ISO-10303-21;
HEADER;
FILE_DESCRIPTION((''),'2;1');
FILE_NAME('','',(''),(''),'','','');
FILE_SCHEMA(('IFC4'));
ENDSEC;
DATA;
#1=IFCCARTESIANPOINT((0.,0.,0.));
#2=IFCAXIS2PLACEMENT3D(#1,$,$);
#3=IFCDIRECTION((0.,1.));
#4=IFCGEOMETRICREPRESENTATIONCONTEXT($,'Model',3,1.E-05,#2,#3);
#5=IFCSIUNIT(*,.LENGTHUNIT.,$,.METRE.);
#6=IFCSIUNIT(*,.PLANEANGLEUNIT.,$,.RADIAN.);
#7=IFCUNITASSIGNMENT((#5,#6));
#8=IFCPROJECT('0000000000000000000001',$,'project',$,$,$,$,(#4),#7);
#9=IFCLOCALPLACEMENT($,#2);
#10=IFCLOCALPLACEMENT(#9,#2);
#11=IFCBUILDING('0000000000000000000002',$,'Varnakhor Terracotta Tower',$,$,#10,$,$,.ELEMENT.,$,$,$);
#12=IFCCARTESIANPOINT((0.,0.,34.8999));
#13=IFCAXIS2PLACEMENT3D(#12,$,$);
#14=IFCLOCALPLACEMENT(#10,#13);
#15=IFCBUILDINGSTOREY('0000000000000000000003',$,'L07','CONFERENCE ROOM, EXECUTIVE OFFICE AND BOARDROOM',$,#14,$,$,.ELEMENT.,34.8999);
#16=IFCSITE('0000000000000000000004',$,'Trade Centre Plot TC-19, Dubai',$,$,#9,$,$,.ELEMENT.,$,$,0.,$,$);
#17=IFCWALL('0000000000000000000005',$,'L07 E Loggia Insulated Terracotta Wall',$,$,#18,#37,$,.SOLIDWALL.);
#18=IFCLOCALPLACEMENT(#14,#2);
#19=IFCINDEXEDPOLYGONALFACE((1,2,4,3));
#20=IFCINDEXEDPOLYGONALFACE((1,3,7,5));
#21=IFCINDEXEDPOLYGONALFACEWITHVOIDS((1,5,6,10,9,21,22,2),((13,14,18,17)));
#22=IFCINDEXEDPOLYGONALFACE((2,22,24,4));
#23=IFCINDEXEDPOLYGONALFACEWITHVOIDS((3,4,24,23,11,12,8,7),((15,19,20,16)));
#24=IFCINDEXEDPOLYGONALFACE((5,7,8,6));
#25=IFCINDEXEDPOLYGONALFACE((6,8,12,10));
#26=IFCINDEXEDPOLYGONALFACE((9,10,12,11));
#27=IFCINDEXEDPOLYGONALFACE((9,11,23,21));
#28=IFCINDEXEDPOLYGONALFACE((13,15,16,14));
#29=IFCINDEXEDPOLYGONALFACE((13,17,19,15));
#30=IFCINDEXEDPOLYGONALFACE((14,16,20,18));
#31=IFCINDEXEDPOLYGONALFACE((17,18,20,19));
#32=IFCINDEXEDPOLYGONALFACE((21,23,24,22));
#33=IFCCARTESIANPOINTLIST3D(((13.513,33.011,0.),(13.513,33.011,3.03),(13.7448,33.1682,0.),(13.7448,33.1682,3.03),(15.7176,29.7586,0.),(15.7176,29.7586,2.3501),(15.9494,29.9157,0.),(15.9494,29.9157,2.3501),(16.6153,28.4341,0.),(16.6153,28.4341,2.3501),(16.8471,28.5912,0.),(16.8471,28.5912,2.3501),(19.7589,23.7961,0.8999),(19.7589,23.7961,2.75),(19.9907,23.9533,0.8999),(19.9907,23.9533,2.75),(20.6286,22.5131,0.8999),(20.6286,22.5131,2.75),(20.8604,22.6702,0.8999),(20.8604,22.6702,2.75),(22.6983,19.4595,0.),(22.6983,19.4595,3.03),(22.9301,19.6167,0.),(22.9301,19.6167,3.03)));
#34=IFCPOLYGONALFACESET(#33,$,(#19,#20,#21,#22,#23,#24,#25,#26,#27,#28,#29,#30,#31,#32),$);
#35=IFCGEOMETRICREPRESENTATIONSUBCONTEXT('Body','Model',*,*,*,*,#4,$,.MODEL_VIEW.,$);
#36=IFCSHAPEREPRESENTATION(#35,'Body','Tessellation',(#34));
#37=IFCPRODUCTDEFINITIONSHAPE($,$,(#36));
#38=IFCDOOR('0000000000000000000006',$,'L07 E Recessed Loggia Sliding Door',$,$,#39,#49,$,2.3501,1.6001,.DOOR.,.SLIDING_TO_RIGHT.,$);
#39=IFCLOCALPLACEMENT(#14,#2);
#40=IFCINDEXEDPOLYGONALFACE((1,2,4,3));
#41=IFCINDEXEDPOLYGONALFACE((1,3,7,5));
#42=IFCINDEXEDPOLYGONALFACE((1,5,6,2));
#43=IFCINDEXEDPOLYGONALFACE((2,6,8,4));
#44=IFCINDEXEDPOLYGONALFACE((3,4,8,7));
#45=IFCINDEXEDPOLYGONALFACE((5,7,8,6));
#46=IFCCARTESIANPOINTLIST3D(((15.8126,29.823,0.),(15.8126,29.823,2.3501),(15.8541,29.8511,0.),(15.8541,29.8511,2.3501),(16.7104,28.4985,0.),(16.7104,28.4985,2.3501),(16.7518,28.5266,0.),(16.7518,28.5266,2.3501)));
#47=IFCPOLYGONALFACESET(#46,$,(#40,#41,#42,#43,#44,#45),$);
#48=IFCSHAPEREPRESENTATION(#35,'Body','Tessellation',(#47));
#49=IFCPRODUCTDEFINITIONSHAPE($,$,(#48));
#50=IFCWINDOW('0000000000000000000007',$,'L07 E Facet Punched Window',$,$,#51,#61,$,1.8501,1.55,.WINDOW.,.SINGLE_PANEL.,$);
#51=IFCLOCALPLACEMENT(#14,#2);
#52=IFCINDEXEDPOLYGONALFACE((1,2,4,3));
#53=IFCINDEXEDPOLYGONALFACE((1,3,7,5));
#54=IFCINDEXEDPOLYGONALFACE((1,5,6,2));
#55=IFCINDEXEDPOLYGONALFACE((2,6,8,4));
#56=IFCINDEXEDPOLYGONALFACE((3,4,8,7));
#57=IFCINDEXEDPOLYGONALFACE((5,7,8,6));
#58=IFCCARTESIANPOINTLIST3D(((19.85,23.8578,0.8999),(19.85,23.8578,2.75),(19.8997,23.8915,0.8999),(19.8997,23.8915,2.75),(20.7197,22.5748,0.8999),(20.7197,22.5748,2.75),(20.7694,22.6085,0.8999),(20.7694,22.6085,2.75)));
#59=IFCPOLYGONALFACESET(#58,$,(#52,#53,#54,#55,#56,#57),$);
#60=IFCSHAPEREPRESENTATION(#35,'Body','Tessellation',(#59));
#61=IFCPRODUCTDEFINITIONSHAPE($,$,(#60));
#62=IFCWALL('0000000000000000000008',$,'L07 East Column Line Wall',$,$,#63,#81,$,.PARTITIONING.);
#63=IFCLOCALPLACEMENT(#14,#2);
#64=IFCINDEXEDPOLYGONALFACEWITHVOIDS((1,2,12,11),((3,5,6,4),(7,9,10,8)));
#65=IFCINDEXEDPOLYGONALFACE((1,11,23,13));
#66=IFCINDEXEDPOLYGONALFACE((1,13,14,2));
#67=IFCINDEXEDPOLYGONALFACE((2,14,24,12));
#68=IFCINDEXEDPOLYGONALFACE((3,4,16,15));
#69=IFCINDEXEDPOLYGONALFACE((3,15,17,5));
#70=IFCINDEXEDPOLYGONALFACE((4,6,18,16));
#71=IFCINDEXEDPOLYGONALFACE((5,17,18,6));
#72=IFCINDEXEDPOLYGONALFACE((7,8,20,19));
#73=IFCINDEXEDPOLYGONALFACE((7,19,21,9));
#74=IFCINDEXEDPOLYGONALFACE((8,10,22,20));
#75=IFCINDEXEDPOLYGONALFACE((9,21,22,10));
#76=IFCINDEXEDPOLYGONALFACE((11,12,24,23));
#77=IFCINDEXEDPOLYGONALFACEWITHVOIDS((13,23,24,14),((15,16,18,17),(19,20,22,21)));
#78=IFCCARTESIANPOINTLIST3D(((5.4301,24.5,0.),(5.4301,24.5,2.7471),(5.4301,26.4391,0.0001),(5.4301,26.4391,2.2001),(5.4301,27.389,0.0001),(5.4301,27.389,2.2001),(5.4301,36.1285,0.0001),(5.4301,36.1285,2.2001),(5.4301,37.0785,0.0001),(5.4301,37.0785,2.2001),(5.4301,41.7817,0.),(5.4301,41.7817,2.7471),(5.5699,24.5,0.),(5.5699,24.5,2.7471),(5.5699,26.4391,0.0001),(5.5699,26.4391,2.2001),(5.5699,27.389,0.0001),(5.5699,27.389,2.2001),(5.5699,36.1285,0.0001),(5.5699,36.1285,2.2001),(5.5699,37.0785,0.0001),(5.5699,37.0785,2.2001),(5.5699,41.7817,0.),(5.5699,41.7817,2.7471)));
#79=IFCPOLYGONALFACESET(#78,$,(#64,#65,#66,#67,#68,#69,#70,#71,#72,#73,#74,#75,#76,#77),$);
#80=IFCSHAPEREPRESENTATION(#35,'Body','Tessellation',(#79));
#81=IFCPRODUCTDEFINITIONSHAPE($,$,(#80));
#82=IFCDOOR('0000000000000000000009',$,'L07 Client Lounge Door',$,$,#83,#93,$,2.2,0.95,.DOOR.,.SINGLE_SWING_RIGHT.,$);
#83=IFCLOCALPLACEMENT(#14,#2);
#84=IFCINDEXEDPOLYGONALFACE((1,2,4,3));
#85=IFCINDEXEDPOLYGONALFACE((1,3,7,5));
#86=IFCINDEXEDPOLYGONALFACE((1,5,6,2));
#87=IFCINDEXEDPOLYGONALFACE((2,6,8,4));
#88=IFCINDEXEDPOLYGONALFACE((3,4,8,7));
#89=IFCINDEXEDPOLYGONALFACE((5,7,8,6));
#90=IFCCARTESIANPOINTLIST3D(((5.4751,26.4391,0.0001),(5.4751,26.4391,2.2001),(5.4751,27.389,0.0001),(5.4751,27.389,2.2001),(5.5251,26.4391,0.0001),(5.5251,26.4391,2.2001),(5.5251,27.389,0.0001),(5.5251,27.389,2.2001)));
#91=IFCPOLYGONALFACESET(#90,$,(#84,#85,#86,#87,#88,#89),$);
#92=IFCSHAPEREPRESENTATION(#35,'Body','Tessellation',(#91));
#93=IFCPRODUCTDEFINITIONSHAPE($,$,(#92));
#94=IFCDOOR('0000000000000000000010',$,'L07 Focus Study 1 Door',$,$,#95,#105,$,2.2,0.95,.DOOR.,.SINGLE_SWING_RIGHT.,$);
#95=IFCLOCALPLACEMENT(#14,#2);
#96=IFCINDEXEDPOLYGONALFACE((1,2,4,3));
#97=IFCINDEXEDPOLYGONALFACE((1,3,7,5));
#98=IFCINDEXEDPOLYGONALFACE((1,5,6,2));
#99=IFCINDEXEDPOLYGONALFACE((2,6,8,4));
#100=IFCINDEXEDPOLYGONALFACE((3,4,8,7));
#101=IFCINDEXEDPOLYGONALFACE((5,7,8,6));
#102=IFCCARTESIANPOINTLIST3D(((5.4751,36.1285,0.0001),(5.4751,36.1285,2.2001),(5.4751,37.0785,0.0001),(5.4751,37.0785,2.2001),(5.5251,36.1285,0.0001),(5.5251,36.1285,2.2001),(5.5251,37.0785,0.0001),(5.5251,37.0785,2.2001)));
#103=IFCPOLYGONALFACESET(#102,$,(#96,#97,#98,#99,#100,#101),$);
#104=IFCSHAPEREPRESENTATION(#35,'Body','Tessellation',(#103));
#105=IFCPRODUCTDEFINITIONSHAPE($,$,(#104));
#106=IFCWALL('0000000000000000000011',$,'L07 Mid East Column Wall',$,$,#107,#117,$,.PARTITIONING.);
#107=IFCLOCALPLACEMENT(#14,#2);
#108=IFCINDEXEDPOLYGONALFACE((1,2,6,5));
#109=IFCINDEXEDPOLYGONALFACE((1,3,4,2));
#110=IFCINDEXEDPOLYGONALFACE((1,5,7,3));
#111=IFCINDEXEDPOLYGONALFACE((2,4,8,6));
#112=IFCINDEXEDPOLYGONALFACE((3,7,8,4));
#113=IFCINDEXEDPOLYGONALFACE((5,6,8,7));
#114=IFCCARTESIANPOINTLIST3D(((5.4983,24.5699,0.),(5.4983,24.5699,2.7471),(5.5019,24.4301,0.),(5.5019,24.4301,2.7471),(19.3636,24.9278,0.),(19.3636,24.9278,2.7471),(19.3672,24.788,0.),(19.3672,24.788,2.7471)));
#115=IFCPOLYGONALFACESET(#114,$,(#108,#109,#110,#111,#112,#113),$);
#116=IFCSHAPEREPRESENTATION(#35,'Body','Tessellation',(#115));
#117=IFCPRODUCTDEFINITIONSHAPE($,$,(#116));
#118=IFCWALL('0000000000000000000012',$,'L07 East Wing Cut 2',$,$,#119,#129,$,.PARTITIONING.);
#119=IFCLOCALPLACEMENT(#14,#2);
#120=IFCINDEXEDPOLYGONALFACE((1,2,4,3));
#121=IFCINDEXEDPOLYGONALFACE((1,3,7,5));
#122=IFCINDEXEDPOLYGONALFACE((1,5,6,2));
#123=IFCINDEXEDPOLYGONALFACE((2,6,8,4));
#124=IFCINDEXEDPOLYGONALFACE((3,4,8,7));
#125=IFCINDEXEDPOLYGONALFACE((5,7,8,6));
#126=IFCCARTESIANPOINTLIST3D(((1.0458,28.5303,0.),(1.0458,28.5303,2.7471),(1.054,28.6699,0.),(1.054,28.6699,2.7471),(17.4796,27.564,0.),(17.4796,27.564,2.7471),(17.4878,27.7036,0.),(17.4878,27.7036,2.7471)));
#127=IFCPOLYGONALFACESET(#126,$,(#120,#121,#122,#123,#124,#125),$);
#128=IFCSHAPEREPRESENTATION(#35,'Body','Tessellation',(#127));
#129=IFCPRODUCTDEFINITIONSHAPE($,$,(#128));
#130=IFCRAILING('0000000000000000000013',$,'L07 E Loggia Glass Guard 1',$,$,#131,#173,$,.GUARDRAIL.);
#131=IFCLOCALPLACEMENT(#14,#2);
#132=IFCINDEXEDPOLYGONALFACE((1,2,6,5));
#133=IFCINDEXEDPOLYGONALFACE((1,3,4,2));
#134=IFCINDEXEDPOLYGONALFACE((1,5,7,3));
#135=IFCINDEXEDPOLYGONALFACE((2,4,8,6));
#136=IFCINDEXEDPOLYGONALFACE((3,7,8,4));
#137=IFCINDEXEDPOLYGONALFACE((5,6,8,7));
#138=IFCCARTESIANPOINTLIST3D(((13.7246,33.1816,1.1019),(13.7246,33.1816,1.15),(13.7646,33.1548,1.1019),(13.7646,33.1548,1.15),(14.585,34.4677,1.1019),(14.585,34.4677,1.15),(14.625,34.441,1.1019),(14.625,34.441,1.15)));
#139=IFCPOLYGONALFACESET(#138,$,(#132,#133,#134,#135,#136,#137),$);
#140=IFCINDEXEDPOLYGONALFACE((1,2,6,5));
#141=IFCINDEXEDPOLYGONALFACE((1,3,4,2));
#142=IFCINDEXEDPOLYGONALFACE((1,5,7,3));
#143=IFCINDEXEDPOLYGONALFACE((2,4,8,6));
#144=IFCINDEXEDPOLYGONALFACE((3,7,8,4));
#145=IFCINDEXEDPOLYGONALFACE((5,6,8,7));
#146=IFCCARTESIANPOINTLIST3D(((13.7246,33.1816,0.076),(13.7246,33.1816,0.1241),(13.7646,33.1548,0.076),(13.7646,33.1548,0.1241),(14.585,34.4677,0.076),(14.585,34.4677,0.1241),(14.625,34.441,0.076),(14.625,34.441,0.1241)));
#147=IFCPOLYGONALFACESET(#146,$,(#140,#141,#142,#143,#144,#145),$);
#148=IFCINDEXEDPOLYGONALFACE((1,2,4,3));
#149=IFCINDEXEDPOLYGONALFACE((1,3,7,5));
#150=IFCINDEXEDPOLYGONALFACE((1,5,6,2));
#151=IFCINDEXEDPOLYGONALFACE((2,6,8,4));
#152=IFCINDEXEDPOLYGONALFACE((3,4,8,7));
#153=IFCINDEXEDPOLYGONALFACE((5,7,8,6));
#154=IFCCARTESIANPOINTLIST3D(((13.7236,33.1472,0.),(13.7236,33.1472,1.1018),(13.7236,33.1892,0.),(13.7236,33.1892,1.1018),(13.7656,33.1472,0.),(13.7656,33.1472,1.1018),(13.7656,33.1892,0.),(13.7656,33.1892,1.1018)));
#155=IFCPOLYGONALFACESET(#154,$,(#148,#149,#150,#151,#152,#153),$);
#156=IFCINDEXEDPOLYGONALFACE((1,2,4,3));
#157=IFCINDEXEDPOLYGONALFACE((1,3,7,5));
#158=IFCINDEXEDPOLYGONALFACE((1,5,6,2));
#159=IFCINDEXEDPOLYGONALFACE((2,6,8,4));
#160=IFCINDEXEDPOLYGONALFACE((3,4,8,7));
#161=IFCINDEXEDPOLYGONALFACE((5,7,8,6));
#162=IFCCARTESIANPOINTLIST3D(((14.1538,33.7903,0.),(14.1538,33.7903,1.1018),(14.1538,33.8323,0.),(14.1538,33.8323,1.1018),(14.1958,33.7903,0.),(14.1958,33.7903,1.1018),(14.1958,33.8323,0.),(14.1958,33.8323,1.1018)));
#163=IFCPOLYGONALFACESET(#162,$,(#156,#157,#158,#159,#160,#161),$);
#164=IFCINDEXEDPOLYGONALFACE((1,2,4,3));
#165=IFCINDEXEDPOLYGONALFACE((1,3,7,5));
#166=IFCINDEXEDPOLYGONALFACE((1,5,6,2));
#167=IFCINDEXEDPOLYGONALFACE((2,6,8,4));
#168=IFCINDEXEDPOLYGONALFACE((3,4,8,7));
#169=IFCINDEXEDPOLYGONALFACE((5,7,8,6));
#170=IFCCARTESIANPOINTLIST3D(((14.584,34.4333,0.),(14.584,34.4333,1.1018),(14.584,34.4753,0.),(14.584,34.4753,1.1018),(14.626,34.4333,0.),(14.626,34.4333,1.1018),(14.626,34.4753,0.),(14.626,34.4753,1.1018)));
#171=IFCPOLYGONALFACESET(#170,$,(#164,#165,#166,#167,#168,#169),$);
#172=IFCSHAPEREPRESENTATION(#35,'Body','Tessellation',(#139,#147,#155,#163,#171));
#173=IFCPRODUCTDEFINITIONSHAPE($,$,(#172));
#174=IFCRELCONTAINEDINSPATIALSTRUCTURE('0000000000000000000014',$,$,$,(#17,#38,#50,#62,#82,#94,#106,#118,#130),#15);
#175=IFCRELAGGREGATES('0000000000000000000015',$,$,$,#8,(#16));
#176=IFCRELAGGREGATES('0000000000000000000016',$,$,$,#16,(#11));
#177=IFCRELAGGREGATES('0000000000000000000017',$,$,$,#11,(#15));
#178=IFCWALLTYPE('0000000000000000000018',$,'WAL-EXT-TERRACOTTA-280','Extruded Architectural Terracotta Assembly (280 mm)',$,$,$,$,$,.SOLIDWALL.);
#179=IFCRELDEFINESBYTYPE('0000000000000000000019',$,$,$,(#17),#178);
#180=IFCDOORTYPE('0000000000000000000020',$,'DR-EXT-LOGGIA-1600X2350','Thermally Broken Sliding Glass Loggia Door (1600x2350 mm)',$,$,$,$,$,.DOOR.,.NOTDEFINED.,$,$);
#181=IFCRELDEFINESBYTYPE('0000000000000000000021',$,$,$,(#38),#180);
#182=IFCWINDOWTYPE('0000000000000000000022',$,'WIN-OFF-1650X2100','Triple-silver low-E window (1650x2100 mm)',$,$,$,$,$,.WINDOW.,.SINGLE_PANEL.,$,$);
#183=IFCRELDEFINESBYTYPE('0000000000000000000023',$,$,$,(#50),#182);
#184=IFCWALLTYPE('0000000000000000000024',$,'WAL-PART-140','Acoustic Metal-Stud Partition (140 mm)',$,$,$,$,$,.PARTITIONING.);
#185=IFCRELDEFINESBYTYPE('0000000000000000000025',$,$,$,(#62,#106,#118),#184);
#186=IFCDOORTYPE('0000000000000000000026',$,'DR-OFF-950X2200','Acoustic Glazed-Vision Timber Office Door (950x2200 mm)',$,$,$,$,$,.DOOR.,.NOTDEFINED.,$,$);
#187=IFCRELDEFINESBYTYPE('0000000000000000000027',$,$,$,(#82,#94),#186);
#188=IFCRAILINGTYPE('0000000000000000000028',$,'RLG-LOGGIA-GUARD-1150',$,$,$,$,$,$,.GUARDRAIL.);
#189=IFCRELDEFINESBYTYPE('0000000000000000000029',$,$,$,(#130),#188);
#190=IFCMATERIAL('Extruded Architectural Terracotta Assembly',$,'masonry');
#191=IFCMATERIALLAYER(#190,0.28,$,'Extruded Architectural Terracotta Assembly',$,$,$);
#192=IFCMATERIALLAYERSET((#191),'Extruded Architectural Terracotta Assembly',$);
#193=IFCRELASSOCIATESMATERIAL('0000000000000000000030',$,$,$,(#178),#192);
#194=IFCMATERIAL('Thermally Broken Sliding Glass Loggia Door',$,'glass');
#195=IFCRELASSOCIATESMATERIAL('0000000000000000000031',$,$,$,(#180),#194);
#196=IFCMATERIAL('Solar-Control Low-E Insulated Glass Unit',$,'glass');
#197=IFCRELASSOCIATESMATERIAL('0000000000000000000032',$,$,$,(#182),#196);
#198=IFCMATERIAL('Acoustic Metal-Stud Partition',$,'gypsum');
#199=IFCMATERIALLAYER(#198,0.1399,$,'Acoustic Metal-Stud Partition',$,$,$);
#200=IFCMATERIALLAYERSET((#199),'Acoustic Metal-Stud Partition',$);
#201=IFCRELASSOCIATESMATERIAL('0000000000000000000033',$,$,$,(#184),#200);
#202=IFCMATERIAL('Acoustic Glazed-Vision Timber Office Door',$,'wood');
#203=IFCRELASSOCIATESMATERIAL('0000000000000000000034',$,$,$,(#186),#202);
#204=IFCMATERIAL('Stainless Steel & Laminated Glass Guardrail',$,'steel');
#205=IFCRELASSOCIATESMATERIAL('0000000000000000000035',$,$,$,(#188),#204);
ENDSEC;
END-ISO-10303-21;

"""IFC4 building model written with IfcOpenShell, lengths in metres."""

from ifc_helpers import new_model, si_unit, direction, frame, frame_2d, origin, origin_2d, place, context, subcontext, project, spatial, rectangle, extrude, source, transform, mapped, material, layer, layer_set, type_object, type_shapes, element, fill, save


model = new_model("IFC4")

# Units and contexts
model_context = context("Model", 3, precision=1e-05, world=origin(), true_north=direction((0.0, 1.0)))
body_context = subcontext(model_context, "Body", "Model", "MODEL_VIEW")
ifc_project = project(units=[si_unit("LENGTHUNIT", "METRE"), si_unit("PLANEANGLEUNIT", "RADIAN")], contexts=[model_context])

# Site, building, storey
site_placement = place(None, origin())
site = spatial("IfcSite", under=ifc_project, at=site_placement, Name="Trade Centre Plot TC-19, Dubai", CompositionType="ELEMENT", RefElevation=0.0)
building_placement = place(site_placement, origin())
building = spatial("IfcBuilding", under=site, at=building_placement, Name="Varnakhor Terracotta Tower", CompositionType="ELEMENT")
storey_placement = place(building_placement, frame((0.0, 0.0, 34.8999)))
storey = spatial("IfcBuildingStorey", under=building, at=storey_placement, Name="L07", Description="CONFERENCE ROOM, EXECUTIVE OFFICE AND BOARDROOM", CompositionType="ELEMENT", Elevation=34.8999)

# Wall, openings, door, window
ifc_material_1 = material(Name="Extruded Architectural Terracotta Assembly", Category="masonry")
ifc_layer_1 = layer(ifc_material_1, 0.28, Name="Extruded Architectural Terracotta Assembly")
ifc_layer_set_1 = layer_set([ifc_layer_1], Name="Extruded Architectural Terracotta Assembly")
wall_type_1 = type_object("IfcWallType", Name="WAL-EXT-TERRACOTTA-280", Description="Extruded Architectural Terracotta Assembly (280 mm)", PredefinedType="SOLIDWALL", material=ifc_layer_set_1)
wall_1_placement = place(storey_placement, frame((13.6289, 33.0896, 0.0), z_axis=(0.0, 0.0, 1.0), x_axis=(0.561068, -0.82777, 0.0)))
wall_1 = element("IfcWall", 1, at=wall_1_placement, inside=storey, type_object=wall_type_1, Name="L07 E Loggia Insulated Terracotta Wall", PredefinedType="SOLIDWALL", context=body_context, shape_type="SweptSolid", body=[
    extrude(rectangle(XDim=16.3711, YDim=0.28, at=frame_2d((8.1855, 0.0))), origin(), (0.0, 0.0, 1.0), 3.03),
])
opening_1_placement = place(wall_1_placement, frame((3.9292, 0.0, 0.0)))
opening_1 = element("IfcOpeningElement", 2, at=opening_1_placement, cuts=wall_1, PredefinedType="OPENING", context=body_context, shape_type="SweptSolid", body=[
    extrude(rectangle(XDim=1.6001, YDim=2.3501, at=frame_2d((0.8, 1.175))), frame((0.0, 0.1499, 0.0), z_axis=(0.0, -1.0, 0.0), x_axis=(1.0, 0.0, 0.0)), (0.0, 0.0, 1.0), 0.3),
])
opening_2_placement = place(wall_1_placement, frame((11.1323, 0.0, 0.8999)))
opening_2 = element("IfcOpeningElement", 3, at=opening_2_placement, cuts=wall_1, PredefinedType="OPENING", context=body_context, shape_type="SweptSolid", body=[
    extrude(rectangle(XDim=1.55, YDim=1.8501, at=frame_2d((0.7749, 0.925))), frame((0.0, 0.1499, 0.0), z_axis=(0.0, -1.0, 0.0), x_axis=(1.0, 0.0, 0.0)), (0.0, 0.0, 1.0), 0.3),
])
ifc_material_2 = material(Name="Thermally Broken Sliding Glass Loggia Door", Category="glass")
door_type_1 = type_object("IfcDoorType", Name="DR-EXT-LOGGIA-1600X2350", Description="Thermally Broken Sliding Glass Loggia Door (1600x2350 mm)", OperationType="NOTDEFINED", PredefinedType="DOOR", material=ifc_material_2)
shared_shape_1 = source(origin(), body_context, "Body", "SweptSolid", [
    extrude(rectangle(XDim=1.6001, YDim=2.3501, at=frame_2d((0.8, 1.175))), frame((0.0, 0.0249, 0.0), z_axis=(0.0, -1.0, 0.0), x_axis=(1.0, 0.0, 0.0)), (0.0, 0.0, 1.0), 0.05),
])
type_shapes(door_type_1, [shared_shape_1])
door_1_placement = place(opening_1_placement, origin())
door_1 = element("IfcDoor", 4, at=door_1_placement, inside=storey, type_object=door_type_1, Name="L07 E Recessed Loggia Sliding Door", OperationType="SLIDING_TO_RIGHT", OverallHeight=2.3501, OverallWidth=1.6001, PredefinedType="DOOR", context=body_context, shape_type="MappedRepresentation", body=[
    mapped(shared_shape_1, transform((0.0, 0.0, 0.0), scale=1.0)),
])
fill(opening_1, door_1)
ifc_material_3 = material(Name="Solar-Control Low-E Insulated Glass Unit", Category="glass")
window_type = type_object("IfcWindowType", Name="WIN-OFF-1650X2100", Description="Triple-silver low-E window (1650x2100 mm)", PartitioningType="SINGLE_PANEL", PredefinedType="WINDOW", material=ifc_material_3)
shared_shape_2 = source(origin(), body_context, "Body", "SweptSolid", [
    extrude(rectangle(XDim=1.55, YDim=1.8501, at=frame_2d((0.7749, 0.925))), frame((0.0, 0.03, 0.0), z_axis=(0.0, -1.0, 0.0), x_axis=(1.0, 0.0, 0.0)), (0.0, 0.0, 1.0), 0.0601),
])
type_shapes(window_type, [shared_shape_2])
window_placement = place(opening_2_placement, origin())
window = element("IfcWindow", 5, at=window_placement, inside=storey, type_object=window_type, Name="L07 E Facet Punched Window", OverallHeight=1.8501, OverallWidth=1.55, PartitioningType="SINGLE_PANEL", PredefinedType="WINDOW", context=body_context, shape_type="MappedRepresentation", body=[
    mapped(shared_shape_2, transform((0.0, 0.0, 0.0), scale=1.0)),
])
fill(opening_2, window)

# Wall, openings, doors
ifc_material_4 = material(Name="Acoustic Metal-Stud Partition", Category="gypsum")
ifc_layer_2 = layer(ifc_material_4, 0.1399, Name="Acoustic Metal-Stud Partition")
ifc_layer_set_2 = layer_set([ifc_layer_2], Name="Acoustic Metal-Stud Partition")
wall_type_2 = type_object("IfcWallType", Name="WAL-PART-140", Description="Acoustic Metal-Stud Partition (140 mm)", PredefinedType="PARTITIONING", material=ifc_layer_set_2)
wall_2_placement = place(storey_placement, frame((5.5, 24.5, 0.0), z_axis=(0.0, 0.0, 1.0), x_axis=(0.0, 1.0, 0.0)))
wall_2 = element("IfcWall", 6, at=wall_2_placement, inside=storey, type_object=wall_type_2, Name="L07 East Column Line Wall", PredefinedType="PARTITIONING", context=body_context, shape_type="SweptSolid", body=[
    extrude(rectangle(XDim=17.2817, YDim=0.1399, at=frame_2d((8.6409, 0.0))), origin(), (0.0, 0.0, 1.0), 2.7471),
])
opening_3_placement = place(wall_2_placement, frame((1.939, 0.0, 0.0)))
opening_3 = element("IfcOpeningElement", 7, at=opening_3_placement, cuts=wall_2, PredefinedType="OPENING", context=body_context, shape_type="SweptSolid", body=[
    extrude(rectangle(XDim=0.95, YDim=2.2, at=frame_2d((0.4751, 1.1001))), frame((0.0, 0.0801, 0.0), z_axis=(0.0, -1.0, 0.0), x_axis=(1.0, 0.0, 0.0)), (0.0, 0.0, 1.0), 0.1599),
])
opening_4_placement = place(wall_2_placement, frame((11.6284, 0.0, 0.0)))
opening_4 = element("IfcOpeningElement", 8, at=opening_4_placement, cuts=wall_2, PredefinedType="OPENING", context=body_context, shape_type="SweptSolid", body=[
    extrude(rectangle(XDim=0.95, YDim=2.2, at=frame_2d((0.4751, 1.1001))), frame((0.0, 0.0801, 0.0), z_axis=(0.0, -1.0, 0.0), x_axis=(1.0, 0.0, 0.0)), (0.0, 0.0, 1.0), 0.1599),
])
ifc_material_5 = material(Name="Acoustic Glazed-Vision Timber Office Door", Category="wood")
door_type_2 = type_object("IfcDoorType", Name="DR-OFF-950X2200", Description="Acoustic Glazed-Vision Timber Office Door (950x2200 mm)", OperationType="NOTDEFINED", PredefinedType="DOOR", material=ifc_material_5)
shared_shape_3 = source(origin(), body_context, "Body", "SweptSolid", [
    extrude(rectangle(XDim=0.95, YDim=2.2, at=frame_2d((0.4751, 1.1001))), frame((0.0, 0.0249, 0.0), z_axis=(0.0, -1.0, 0.0), x_axis=(1.0, 0.0, 0.0)), (0.0, 0.0, 1.0), 0.05),
])
type_shapes(door_type_2, [shared_shape_3])
door_2_placement = place(opening_3_placement, origin())
door_2 = element("IfcDoor", 9, at=door_2_placement, inside=storey, type_object=door_type_2, Name="L07 Client Lounge Door", OperationType="SINGLE_SWING_RIGHT", OverallHeight=2.2, OverallWidth=0.95, PredefinedType="DOOR", context=body_context, shape_type="MappedRepresentation", body=[
    mapped(shared_shape_3, transform((0.0, 0.0, 0.0), scale=1.0)),
])
fill(opening_3, door_2)
door_3_placement = place(opening_4_placement, origin())
door_3 = element("IfcDoor", 10, at=door_3_placement, inside=storey, type_object=door_type_2, Name="L07 Focus Study 1 Door", OperationType="SINGLE_SWING_RIGHT", OverallHeight=2.2, OverallWidth=0.95, PredefinedType="DOOR", context=body_context, shape_type="MappedRepresentation", body=[
    mapped(shared_shape_3, transform((0.0, 0.0, 0.0), scale=1.0)),
])
fill(opening_4, door_3)

# Walls
wall_3_placement = place(storey_placement, frame((5.5, 24.5, 0.0), z_axis=(0.0, 0.0, 1.0), x_axis=(0.999667, 0.025805, 0.0)))
element("IfcWall", 11, at=wall_3_placement, inside=storey, type_object=wall_type_2, Name="L07 Mid East Column Wall", PredefinedType="PARTITIONING", context=body_context, shape_type="SweptSolid", body=[
    extrude(rectangle(XDim=13.8699, YDim=0.1399, at=frame_2d((6.9351, 0.0))), origin(), (0.0, 0.0, 1.0), 2.7471),
])
wall_4_placement = place(storey_placement, frame((1.05, 28.6001, 0.0), z_axis=(0.0, 0.0, 1.0), x_axis=(0.998276, -0.058699, 0.0)))
element("IfcWall", 12, at=wall_4_placement, inside=storey, type_object=wall_type_2, Name="L07 East Wing Cut 2", PredefinedType="PARTITIONING", context=body_context, shape_type="SweptSolid", body=[
    extrude(rectangle(XDim=16.4622, YDim=0.1399, at=frame_2d((8.231, 0.0))), origin(), (0.0, 0.0, 1.0), 2.7471),
])

# Railing
ifc_material_6 = material(Name="Stainless Steel & Laminated Glass Guardrail", Category="steel")
railing_type = type_object("IfcRailingType", Name="RLG-LOGGIA-GUARD-1150", PredefinedType="GUARDRAIL", material=ifc_material_6)
railing_1_placement = place(storey_placement, frame((13.7446, 33.1682, 0.0)))
element("IfcRailing", 13, at=railing_1_placement, inside=storey, type_object=railing_type, Name="L07 E Loggia Glass Guard 1", PredefinedType="GUARDRAIL", context=body_context, shape_type="SweptSolid", body=[
    extrude(rectangle(XDim=0.0481, YDim=0.0481, at=origin_2d()), frame((0.0, 0.0, 1.126), z_axis=(0.55601, 0.831175, 0.0), x_axis=(-0.831175, 0.55601, 0.0)), (0.0, 0.0, 1.0), 1.5474),
    extrude(rectangle(XDim=0.0481, YDim=0.0481, at=origin_2d()), frame((0.0, 0.0, 0.1001), z_axis=(0.55601, 0.831175, 0.0), x_axis=(-0.831175, 0.55601, 0.0)), (0.0, 0.0, 1.0), 1.5474),
    extrude(rectangle(XDim=0.042, YDim=0.042, at=origin_2d()), origin(), (0.0, 0.0, 1.0), 1.1018),
    extrude(rectangle(XDim=0.042, YDim=0.042, at=origin_2d()), frame((0.4302, 0.6431, 0.0)), (0.0, 0.0, 1.0), 1.1018),
    extrude(rectangle(XDim=0.042, YDim=0.042, at=origin_2d()), frame((0.8604, 1.2861, 0.0)), (0.0, 0.0, 1.0), 1.1018),
])

save(model, "model.ifc")
